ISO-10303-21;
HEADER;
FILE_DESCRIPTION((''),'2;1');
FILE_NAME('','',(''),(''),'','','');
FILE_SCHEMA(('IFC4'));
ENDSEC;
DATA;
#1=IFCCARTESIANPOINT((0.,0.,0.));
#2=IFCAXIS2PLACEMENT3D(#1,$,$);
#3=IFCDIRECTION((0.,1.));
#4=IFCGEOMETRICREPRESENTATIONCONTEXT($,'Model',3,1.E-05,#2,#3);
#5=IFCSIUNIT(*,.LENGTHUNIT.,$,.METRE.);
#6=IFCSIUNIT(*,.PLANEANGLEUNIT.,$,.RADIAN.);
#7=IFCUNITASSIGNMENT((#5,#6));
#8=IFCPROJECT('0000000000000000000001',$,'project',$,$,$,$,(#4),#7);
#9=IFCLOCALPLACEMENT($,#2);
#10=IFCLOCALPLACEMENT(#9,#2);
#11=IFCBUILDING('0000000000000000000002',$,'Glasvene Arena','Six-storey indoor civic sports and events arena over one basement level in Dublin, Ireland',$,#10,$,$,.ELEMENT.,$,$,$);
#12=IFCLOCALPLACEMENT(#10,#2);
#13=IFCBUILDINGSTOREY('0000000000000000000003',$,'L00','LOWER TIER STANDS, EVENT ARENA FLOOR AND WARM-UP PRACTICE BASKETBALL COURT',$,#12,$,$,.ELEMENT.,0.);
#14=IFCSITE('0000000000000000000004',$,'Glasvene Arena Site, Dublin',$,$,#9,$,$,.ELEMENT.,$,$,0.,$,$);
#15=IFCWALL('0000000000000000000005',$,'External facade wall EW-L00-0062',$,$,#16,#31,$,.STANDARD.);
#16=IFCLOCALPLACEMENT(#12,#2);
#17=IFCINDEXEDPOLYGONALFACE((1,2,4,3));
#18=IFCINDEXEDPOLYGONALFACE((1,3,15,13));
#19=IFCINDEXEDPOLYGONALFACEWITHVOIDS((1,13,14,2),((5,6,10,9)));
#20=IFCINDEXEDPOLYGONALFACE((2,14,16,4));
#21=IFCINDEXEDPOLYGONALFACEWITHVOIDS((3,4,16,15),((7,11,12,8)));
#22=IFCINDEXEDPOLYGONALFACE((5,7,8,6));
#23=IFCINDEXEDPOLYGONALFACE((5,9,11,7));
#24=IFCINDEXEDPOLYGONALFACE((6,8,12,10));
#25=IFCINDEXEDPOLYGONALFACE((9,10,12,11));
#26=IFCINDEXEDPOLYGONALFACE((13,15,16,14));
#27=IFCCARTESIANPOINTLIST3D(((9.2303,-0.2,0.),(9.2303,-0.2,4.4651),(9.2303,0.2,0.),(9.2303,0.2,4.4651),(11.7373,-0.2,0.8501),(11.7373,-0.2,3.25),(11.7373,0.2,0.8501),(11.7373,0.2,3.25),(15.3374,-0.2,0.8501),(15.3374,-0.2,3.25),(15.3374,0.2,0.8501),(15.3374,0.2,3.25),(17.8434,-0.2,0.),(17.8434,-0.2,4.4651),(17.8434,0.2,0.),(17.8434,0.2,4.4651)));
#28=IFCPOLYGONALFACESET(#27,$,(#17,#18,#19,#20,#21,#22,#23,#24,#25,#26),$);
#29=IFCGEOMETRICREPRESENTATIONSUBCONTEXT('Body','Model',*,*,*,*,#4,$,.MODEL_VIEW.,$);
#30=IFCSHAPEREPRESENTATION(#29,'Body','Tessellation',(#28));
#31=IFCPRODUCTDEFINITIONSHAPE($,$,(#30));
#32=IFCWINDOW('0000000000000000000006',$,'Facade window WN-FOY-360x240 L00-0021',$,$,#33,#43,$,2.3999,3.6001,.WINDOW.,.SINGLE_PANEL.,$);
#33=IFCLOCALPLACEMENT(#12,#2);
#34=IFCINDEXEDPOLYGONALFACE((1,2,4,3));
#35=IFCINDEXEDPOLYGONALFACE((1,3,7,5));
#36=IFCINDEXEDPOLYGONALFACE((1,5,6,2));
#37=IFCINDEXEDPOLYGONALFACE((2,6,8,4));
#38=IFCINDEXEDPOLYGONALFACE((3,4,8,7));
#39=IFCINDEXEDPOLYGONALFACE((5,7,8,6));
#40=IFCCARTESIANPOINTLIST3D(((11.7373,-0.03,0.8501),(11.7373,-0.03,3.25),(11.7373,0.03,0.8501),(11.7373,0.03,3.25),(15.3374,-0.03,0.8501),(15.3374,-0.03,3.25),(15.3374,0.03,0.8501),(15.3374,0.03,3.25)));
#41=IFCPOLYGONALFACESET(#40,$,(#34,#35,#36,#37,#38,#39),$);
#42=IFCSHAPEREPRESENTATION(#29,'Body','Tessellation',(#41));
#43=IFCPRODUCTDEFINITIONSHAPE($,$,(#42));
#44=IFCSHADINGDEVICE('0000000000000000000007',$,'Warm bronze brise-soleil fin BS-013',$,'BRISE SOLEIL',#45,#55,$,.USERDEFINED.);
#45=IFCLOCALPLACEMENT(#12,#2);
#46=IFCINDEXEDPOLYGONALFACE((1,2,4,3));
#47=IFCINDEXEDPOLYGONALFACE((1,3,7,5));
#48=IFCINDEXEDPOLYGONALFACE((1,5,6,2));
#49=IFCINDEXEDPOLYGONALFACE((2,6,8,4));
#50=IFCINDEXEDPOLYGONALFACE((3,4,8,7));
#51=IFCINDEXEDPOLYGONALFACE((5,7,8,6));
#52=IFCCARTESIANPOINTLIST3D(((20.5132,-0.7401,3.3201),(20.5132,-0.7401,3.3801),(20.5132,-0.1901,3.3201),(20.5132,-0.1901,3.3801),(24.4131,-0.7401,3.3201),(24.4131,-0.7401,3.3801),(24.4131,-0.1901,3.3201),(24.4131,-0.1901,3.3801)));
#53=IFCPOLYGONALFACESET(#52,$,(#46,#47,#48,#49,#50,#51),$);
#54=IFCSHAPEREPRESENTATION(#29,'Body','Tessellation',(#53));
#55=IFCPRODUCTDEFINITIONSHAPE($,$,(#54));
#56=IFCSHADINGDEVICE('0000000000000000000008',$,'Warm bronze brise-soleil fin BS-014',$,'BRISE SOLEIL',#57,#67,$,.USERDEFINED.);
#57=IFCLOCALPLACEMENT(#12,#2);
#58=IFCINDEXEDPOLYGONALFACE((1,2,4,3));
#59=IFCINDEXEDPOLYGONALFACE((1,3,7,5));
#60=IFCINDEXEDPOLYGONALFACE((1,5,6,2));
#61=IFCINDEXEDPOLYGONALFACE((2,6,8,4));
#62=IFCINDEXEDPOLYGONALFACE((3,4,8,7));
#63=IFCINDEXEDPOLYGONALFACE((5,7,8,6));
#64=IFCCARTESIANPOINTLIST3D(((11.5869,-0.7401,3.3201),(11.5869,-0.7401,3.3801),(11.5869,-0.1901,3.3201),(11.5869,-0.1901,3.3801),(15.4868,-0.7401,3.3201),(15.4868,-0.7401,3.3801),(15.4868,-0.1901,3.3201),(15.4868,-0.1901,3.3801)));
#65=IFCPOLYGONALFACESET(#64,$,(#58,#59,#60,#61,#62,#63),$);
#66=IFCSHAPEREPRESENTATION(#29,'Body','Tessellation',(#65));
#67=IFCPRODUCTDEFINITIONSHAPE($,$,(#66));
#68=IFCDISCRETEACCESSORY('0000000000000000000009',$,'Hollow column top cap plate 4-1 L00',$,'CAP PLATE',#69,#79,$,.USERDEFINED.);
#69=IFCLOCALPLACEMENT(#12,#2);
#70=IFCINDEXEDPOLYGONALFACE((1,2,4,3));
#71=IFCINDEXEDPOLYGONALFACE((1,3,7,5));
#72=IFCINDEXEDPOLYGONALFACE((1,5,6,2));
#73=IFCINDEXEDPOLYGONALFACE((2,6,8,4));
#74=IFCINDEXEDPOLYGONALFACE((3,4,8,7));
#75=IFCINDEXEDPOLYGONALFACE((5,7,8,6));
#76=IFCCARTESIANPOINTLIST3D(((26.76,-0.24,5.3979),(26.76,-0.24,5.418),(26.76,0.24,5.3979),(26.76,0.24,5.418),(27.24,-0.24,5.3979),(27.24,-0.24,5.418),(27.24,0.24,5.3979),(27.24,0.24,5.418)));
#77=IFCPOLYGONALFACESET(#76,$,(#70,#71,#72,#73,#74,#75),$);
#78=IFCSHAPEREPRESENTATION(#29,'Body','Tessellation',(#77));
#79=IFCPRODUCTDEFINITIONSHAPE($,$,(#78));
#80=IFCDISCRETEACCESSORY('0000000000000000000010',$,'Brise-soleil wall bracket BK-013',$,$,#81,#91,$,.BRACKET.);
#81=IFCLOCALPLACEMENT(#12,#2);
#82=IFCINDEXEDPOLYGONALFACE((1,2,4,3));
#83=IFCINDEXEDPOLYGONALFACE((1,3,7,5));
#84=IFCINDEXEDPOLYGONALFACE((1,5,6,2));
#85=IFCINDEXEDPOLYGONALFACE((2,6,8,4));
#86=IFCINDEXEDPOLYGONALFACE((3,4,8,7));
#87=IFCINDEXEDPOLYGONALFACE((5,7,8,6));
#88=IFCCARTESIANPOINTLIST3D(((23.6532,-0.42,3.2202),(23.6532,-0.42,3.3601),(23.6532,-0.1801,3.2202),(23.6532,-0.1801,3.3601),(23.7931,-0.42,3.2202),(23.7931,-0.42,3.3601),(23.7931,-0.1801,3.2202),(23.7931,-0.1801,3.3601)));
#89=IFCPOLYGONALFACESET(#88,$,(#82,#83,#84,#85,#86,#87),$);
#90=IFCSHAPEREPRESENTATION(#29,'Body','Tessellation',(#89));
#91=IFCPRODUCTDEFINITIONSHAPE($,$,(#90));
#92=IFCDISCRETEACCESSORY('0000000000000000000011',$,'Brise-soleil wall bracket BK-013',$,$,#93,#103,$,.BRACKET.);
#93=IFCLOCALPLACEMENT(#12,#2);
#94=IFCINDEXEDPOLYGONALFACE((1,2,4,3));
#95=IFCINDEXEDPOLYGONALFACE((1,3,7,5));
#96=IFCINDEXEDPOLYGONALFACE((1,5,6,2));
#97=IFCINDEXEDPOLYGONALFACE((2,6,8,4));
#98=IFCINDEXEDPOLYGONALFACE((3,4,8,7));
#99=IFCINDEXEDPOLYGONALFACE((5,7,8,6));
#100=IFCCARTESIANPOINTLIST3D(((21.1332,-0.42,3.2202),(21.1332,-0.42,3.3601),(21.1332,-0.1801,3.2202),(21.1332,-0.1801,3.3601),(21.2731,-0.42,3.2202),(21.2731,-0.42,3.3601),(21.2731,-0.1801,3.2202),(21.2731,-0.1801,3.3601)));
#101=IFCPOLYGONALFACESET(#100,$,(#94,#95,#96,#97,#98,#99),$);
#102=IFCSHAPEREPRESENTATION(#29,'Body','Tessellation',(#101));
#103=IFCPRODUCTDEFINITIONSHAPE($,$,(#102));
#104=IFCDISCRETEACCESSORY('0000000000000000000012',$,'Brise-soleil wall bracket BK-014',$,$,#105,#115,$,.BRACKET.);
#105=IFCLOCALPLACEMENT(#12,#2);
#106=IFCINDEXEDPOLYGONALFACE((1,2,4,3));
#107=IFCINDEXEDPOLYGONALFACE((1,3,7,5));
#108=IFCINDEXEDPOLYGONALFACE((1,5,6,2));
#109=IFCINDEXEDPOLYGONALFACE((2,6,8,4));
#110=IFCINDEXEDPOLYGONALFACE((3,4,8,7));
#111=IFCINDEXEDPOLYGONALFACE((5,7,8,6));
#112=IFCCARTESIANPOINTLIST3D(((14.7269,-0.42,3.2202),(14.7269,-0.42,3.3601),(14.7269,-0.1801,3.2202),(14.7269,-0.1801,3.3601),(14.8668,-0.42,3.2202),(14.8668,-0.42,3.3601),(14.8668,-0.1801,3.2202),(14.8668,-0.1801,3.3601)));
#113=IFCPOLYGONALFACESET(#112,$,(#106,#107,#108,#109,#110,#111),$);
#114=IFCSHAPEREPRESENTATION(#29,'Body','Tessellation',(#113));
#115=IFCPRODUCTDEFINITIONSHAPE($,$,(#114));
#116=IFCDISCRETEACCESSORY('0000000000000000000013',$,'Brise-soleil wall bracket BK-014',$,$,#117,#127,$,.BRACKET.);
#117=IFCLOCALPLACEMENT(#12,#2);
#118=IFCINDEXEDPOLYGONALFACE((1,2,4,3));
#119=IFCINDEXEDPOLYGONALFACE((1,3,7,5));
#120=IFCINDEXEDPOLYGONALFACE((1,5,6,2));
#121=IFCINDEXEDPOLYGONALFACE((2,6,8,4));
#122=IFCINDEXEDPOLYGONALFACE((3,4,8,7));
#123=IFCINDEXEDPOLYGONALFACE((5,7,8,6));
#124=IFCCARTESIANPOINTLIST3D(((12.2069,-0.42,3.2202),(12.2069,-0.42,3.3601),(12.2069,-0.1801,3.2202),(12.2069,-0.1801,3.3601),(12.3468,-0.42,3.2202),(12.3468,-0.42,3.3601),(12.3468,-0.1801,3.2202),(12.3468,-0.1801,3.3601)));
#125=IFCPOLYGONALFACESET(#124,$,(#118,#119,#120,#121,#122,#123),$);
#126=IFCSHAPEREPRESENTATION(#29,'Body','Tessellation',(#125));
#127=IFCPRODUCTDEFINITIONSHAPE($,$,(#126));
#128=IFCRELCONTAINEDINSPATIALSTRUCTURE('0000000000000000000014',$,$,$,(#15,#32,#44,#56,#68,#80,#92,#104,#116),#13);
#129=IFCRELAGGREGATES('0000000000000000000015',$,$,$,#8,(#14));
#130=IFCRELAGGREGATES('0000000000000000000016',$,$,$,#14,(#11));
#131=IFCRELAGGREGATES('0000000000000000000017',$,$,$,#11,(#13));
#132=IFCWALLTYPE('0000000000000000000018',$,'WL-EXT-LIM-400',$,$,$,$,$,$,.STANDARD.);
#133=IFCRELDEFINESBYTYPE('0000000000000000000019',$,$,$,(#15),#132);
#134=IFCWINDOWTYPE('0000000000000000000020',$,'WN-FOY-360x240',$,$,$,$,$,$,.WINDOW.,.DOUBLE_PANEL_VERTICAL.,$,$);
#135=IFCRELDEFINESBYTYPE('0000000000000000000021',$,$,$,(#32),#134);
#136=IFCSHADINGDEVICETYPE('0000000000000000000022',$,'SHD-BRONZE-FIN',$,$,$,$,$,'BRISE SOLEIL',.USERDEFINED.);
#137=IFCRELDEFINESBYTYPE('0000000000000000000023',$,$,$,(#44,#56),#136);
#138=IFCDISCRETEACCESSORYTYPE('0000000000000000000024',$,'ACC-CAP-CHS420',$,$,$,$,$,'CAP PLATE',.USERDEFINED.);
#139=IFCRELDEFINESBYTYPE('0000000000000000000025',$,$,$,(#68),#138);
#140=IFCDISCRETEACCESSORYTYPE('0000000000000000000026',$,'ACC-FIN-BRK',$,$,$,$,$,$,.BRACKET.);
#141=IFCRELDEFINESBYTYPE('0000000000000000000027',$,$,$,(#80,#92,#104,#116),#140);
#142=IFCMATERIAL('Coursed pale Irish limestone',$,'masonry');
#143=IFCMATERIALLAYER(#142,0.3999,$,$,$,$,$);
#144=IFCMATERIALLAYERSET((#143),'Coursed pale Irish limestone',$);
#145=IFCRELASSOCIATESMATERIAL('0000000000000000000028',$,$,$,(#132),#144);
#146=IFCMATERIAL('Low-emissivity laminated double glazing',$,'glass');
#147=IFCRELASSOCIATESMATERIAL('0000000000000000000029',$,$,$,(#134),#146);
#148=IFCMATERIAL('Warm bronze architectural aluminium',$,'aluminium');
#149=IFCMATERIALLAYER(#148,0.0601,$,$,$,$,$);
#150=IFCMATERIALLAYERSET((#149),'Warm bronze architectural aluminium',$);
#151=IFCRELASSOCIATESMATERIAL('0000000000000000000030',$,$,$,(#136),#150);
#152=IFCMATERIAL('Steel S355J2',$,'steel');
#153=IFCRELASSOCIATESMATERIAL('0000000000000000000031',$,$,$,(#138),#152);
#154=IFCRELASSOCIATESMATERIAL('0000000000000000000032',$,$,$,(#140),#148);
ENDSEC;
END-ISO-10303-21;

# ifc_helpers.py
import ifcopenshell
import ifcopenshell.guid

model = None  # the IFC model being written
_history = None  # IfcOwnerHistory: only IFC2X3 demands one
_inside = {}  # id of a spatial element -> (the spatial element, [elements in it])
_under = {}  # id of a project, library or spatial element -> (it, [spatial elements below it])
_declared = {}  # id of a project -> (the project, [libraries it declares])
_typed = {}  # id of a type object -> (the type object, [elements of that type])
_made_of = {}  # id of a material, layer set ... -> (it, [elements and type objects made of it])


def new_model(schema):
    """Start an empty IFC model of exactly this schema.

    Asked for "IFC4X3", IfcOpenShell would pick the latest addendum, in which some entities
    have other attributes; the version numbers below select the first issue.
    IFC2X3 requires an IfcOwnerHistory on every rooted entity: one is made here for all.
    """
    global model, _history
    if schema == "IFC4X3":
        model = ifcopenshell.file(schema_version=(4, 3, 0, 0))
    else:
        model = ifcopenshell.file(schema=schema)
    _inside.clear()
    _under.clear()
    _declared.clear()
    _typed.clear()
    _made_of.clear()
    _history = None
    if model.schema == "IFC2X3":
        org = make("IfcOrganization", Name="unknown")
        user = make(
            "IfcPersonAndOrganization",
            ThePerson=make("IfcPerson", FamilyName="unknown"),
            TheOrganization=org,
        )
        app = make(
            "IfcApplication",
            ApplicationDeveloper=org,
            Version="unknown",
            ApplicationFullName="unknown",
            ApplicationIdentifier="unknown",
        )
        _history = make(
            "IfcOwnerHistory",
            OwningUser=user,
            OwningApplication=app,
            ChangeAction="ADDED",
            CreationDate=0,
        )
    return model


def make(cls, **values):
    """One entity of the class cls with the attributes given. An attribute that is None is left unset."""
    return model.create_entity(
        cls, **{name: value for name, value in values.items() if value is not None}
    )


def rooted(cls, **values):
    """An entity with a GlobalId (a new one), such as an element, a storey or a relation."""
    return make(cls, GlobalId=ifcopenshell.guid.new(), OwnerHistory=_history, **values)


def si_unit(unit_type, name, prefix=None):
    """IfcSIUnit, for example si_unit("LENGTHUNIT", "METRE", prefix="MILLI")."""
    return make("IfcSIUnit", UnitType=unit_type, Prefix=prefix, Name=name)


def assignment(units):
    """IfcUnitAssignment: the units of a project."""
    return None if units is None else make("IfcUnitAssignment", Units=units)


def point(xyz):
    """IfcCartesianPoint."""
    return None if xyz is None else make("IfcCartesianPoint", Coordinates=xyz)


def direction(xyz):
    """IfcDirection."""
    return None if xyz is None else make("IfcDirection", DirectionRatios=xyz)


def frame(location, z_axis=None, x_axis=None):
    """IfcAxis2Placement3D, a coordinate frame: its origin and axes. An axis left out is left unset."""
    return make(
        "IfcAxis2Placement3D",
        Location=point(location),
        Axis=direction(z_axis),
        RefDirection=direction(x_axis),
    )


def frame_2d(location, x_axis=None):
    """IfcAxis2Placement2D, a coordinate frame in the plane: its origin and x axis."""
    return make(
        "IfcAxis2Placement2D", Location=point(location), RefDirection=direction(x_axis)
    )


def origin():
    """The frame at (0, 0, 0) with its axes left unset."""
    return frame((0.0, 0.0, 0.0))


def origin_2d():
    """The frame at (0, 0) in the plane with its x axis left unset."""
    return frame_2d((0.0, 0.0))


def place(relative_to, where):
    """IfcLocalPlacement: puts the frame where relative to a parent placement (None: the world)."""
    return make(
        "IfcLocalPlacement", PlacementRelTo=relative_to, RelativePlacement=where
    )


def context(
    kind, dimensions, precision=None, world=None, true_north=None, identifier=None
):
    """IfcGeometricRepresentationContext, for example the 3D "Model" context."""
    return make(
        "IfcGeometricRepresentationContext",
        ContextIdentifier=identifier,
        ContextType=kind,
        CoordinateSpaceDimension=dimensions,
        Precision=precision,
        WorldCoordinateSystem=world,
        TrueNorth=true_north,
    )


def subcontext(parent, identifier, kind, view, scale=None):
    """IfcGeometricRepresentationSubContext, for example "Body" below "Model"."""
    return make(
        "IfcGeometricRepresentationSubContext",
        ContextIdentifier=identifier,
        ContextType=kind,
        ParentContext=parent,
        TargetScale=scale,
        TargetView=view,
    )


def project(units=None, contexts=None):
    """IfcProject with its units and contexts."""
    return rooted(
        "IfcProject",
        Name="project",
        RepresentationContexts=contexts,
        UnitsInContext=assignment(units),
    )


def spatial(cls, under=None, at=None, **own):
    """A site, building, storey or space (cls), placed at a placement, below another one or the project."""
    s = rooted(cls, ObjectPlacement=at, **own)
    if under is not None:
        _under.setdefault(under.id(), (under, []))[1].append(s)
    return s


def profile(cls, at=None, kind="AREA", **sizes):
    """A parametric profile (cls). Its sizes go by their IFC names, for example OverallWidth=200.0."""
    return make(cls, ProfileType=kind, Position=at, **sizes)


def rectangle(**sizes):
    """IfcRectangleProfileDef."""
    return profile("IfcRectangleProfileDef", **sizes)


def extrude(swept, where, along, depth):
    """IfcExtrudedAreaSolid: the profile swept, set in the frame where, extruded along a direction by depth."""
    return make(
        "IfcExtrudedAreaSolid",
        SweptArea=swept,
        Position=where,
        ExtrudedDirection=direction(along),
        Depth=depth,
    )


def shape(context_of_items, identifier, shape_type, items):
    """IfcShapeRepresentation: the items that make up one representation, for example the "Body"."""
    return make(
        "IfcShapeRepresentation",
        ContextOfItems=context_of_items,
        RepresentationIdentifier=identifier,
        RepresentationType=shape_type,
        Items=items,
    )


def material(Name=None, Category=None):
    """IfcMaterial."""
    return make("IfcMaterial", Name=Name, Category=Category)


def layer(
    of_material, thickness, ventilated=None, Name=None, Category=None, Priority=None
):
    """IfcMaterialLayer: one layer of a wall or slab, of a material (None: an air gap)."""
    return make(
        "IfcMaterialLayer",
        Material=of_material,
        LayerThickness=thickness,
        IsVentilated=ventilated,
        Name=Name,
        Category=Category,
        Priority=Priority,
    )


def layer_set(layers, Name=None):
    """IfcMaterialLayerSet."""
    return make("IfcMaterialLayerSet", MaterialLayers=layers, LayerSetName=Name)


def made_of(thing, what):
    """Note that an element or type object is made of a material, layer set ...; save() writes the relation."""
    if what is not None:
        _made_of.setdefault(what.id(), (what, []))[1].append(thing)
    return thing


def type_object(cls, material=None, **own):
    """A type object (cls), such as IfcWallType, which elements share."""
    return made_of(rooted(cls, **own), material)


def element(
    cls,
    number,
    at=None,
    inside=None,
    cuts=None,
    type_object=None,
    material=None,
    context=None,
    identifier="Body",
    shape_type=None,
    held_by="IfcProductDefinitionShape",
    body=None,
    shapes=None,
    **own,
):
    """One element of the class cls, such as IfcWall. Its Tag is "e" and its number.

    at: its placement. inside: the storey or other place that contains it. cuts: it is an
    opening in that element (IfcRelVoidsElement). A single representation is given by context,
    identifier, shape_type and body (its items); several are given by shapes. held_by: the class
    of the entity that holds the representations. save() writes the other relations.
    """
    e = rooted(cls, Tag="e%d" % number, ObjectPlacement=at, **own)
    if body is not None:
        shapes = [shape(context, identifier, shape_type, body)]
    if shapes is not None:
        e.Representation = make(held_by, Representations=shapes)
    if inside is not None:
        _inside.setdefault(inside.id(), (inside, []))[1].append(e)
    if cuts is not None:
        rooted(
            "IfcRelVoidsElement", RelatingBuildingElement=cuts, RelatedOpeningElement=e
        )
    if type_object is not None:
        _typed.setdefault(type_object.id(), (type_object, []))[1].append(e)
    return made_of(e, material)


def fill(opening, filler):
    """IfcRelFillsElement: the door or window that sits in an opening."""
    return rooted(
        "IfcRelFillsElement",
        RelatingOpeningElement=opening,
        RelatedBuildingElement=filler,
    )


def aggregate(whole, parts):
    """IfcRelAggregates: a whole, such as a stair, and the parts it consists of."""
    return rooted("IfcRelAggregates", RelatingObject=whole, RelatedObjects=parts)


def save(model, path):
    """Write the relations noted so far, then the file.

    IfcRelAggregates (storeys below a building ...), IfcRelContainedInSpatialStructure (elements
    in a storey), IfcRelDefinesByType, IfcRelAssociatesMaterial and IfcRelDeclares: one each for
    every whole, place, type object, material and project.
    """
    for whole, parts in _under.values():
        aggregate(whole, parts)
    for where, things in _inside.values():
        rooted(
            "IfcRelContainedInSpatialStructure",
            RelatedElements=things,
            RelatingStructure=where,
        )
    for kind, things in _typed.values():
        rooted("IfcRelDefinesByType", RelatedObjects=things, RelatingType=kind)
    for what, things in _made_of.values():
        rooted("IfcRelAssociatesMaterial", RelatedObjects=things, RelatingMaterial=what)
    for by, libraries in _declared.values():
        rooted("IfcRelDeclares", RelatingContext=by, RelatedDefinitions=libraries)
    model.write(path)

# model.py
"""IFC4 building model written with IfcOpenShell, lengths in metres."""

from ifc_helpers import new_model, si_unit, direction, frame, frame_2d, origin, origin_2d, place, context, subcontext, project, spatial, rectangle, extrude, material, layer, layer_set, type_object, element, fill, save


model = new_model("IFC4")

# Units and contexts
model_context = context("Model", 3, precision=1e-05, world=origin(), true_north=direction((0.0, 1.0)))
body_context = subcontext(model_context, "Body", "Model", "MODEL_VIEW")
ifc_project = project(units=[si_unit("LENGTHUNIT", "METRE"), si_unit("PLANEANGLEUNIT", "RADIAN")], contexts=[model_context])

# Site, building, storey
site_placement = place(None, origin())
site = spatial("IfcSite", under=ifc_project, at=site_placement, Name="Glasvene Arena Site, Dublin", CompositionType="ELEMENT", RefElevation=0.0)
building_placement = place(site_placement, origin())
building = spatial("IfcBuilding", under=site, at=building_placement, Name="Glasvene Arena", Description="Six-storey indoor civic sports and events arena over one basement level in Dublin, Ireland", CompositionType="ELEMENT")
storey_placement = place(building_placement, origin())
storey = spatial("IfcBuildingStorey", under=building, at=storey_placement, Name="L00", Description="LOWER TIER STANDS, EVENT ARENA FLOOR AND WARM-UP PRACTICE BASKETBALL COURT", CompositionType="ELEMENT", Elevation=0.0)

# Shared definitions
ifc_material_1 = material(Name="Steel S355J2", Category="steel")

# Wall, opening, window
ifc_material_2 = material(Name="Coursed pale Irish limestone", Category="masonry")
ifc_layer_1 = layer(ifc_material_2, 0.3999)
ifc_layer_set_1 = layer_set([ifc_layer_1], Name="Coursed pale Irish limestone")
wall_type = type_object("IfcWallType", Name="WL-EXT-LIM-400", PredefinedType="STANDARD", material=ifc_layer_set_1)
ifc_material_3 = material(Name="Low-emissivity laminated double glazing", Category="glass")
window_type = type_object("IfcWindowType", Name="WN-FOY-360x240", PartitioningType="DOUBLE_PANEL_VERTICAL", PredefinedType="WINDOW", material=ifc_material_3)
wall_1_placement = place(storey_placement, frame((17.8435, 0.0, 0.0), z_axis=(0.0, 0.0, 1.0), x_axis=(-1.0, 0.0, 0.0)))
wall_1 = element("IfcWall", 1, at=wall_1_placement, inside=storey, type_object=wall_type, Name="External facade wall EW-L00-0062", PredefinedType="STANDARD", context=body_context, shape_type="SweptSolid", body=[
    extrude(rectangle(XDim=8.613, YDim=0.3999, at=frame_2d((4.3066, 0.0))), origin(), (0.0, 0.0, 1.0), 4.4651),
])
opening_1_placement = place(wall_1_placement, frame((2.5061, 0.0, 0.8501)))
opening_1 = element("IfcOpeningElement", 2, at=opening_1_placement, cuts=wall_1, PredefinedType="OPENING", context=body_context, shape_type="SweptSolid", body=[
    extrude(rectangle(XDim=3.6001, YDim=2.3999, at=frame_2d((1.8, 1.2))), frame((0.0, 0.21, 0.0), z_axis=(0.0, -1.0, 0.0), x_axis=(1.0, 0.0, 0.0)), (0.0, 0.0, 1.0), 0.4199),
])
window_1_placement = place(opening_1_placement, origin())
window_1 = element("IfcWindow", 3, at=window_1_placement, inside=storey, type_object=window_type, Name="Facade window WN-FOY-360x240 L00-0021", OverallHeight=2.3999, OverallWidth=3.6001, PartitioningType="SINGLE_PANEL", PredefinedType="WINDOW", context=body_context, shape_type="SweptSolid", body=[
    extrude(rectangle(XDim=3.6001, YDim=2.3999, at=frame_2d((1.8, 1.2))), frame((0.0, 0.03, 0.0), z_axis=(0.0, -1.0, 0.0), x_axis=(1.0, 0.0, 0.0)), (0.0, 0.0, 1.0), 0.0601),
])
fill(opening_1, window_1)

# Shading devices
ifc_material_4 = material(Name="Warm bronze architectural aluminium", Category="aluminium")
ifc_layer_2 = layer(ifc_material_4, 0.0601)
ifc_layer_set_2 = layer_set([ifc_layer_2], Name="Warm bronze architectural aluminium")
shading_device_type = type_object("IfcShadingDeviceType", Name="SHD-BRONZE-FIN", ElementType="BRISE SOLEIL", PredefinedType="USERDEFINED", material=ifc_layer_set_2)
for number, where, z_axis, x_axis, name in (
    (4, (22.4631, -0.4651, 3.3201), (0.0, 0.0, 1.0), (-1.0, 0.0, 0.0), "Warm bronze brise-soleil fin BS-013"),
    (5, (13.5369, -0.4651, 3.3201), (0.0, 0.0, 1.0), (-1.0, 0.0, 0.0), "Warm bronze brise-soleil fin BS-014"),
):
    element("IfcShadingDevice", number, at=place(storey_placement, frame(where, z_axis=z_axis, x_axis=x_axis)), inside=storey, type_object=shading_device_type, Name=name, ObjectType="BRISE SOLEIL", PredefinedType="USERDEFINED", context=body_context, shape_type="SweptSolid", body=[
        extrude(rectangle(XDim=3.8999, YDim=0.55, at=origin_2d()), origin(), (0.0, 0.0, 1.0), 0.0601),
    ])

# Discrete accessories
discrete_accessory_type_1 = type_object("IfcDiscreteAccessoryType", Name="ACC-CAP-CHS420", ElementType="CAP PLATE", PredefinedType="USERDEFINED", material=ifc_material_1)
discrete_accessory_placement = place(storey_placement, frame((27.0, 0.0, 5.3979), z_axis=(0.0, 0.0, 1.0), x_axis=(1.0, 0.0, 0.0)))
element("IfcDiscreteAccessory", 6, at=discrete_accessory_placement, inside=storey, type_object=discrete_accessory_type_1, Name="Hollow column top cap plate 4-1 L00", ObjectType="CAP PLATE", PredefinedType="USERDEFINED", context=body_context, shape_type="SweptSolid", body=[
    extrude(rectangle(XDim=0.48, YDim=0.48, at=origin_2d()), origin(), (0.0, 0.0, 1.0), 0.02),
])
discrete_accessory_type_2 = type_object("IfcDiscreteAccessoryType", Name="ACC-FIN-BRK", PredefinedType="BRACKET", material=ifc_material_4)
for number, where, z_axis, x_axis, name in (
    (7, (23.7231, -0.3, 3.2202), (0.0, 0.0, 1.0), (-1.0, 0.0, 0.0), "Brise-soleil wall bracket BK-013"),
    (8, (21.2031, -0.3, 3.2202), (0.0, 0.0, 1.0), (-1.0, 0.0, 0.0), "Brise-soleil wall bracket BK-013"),
    (9, (14.7969, -0.3, 3.2202), (0.0, 0.0, 1.0), (-1.0, 0.0, 0.0), "Brise-soleil wall bracket BK-014"),
    (10, (12.2769, -0.3, 3.2202), (0.0, 0.0, 1.0), (-1.0, 0.0, 0.0), "Brise-soleil wall bracket BK-014"),
):
    element("IfcDiscreteAccessory", number, at=place(storey_placement, frame(where, z_axis=z_axis, x_axis=x_axis)), inside=storey, type_object=discrete_accessory_type_2, Name=name, PredefinedType="BRACKET", context=body_context, shape_type="SweptSolid", body=[
        extrude(rectangle(XDim=0.1399, YDim=0.24, at=origin_2d()), origin(), (0.0, 0.0, 1.0), 0.1399),
    ])

save(model, "model.ifc")
